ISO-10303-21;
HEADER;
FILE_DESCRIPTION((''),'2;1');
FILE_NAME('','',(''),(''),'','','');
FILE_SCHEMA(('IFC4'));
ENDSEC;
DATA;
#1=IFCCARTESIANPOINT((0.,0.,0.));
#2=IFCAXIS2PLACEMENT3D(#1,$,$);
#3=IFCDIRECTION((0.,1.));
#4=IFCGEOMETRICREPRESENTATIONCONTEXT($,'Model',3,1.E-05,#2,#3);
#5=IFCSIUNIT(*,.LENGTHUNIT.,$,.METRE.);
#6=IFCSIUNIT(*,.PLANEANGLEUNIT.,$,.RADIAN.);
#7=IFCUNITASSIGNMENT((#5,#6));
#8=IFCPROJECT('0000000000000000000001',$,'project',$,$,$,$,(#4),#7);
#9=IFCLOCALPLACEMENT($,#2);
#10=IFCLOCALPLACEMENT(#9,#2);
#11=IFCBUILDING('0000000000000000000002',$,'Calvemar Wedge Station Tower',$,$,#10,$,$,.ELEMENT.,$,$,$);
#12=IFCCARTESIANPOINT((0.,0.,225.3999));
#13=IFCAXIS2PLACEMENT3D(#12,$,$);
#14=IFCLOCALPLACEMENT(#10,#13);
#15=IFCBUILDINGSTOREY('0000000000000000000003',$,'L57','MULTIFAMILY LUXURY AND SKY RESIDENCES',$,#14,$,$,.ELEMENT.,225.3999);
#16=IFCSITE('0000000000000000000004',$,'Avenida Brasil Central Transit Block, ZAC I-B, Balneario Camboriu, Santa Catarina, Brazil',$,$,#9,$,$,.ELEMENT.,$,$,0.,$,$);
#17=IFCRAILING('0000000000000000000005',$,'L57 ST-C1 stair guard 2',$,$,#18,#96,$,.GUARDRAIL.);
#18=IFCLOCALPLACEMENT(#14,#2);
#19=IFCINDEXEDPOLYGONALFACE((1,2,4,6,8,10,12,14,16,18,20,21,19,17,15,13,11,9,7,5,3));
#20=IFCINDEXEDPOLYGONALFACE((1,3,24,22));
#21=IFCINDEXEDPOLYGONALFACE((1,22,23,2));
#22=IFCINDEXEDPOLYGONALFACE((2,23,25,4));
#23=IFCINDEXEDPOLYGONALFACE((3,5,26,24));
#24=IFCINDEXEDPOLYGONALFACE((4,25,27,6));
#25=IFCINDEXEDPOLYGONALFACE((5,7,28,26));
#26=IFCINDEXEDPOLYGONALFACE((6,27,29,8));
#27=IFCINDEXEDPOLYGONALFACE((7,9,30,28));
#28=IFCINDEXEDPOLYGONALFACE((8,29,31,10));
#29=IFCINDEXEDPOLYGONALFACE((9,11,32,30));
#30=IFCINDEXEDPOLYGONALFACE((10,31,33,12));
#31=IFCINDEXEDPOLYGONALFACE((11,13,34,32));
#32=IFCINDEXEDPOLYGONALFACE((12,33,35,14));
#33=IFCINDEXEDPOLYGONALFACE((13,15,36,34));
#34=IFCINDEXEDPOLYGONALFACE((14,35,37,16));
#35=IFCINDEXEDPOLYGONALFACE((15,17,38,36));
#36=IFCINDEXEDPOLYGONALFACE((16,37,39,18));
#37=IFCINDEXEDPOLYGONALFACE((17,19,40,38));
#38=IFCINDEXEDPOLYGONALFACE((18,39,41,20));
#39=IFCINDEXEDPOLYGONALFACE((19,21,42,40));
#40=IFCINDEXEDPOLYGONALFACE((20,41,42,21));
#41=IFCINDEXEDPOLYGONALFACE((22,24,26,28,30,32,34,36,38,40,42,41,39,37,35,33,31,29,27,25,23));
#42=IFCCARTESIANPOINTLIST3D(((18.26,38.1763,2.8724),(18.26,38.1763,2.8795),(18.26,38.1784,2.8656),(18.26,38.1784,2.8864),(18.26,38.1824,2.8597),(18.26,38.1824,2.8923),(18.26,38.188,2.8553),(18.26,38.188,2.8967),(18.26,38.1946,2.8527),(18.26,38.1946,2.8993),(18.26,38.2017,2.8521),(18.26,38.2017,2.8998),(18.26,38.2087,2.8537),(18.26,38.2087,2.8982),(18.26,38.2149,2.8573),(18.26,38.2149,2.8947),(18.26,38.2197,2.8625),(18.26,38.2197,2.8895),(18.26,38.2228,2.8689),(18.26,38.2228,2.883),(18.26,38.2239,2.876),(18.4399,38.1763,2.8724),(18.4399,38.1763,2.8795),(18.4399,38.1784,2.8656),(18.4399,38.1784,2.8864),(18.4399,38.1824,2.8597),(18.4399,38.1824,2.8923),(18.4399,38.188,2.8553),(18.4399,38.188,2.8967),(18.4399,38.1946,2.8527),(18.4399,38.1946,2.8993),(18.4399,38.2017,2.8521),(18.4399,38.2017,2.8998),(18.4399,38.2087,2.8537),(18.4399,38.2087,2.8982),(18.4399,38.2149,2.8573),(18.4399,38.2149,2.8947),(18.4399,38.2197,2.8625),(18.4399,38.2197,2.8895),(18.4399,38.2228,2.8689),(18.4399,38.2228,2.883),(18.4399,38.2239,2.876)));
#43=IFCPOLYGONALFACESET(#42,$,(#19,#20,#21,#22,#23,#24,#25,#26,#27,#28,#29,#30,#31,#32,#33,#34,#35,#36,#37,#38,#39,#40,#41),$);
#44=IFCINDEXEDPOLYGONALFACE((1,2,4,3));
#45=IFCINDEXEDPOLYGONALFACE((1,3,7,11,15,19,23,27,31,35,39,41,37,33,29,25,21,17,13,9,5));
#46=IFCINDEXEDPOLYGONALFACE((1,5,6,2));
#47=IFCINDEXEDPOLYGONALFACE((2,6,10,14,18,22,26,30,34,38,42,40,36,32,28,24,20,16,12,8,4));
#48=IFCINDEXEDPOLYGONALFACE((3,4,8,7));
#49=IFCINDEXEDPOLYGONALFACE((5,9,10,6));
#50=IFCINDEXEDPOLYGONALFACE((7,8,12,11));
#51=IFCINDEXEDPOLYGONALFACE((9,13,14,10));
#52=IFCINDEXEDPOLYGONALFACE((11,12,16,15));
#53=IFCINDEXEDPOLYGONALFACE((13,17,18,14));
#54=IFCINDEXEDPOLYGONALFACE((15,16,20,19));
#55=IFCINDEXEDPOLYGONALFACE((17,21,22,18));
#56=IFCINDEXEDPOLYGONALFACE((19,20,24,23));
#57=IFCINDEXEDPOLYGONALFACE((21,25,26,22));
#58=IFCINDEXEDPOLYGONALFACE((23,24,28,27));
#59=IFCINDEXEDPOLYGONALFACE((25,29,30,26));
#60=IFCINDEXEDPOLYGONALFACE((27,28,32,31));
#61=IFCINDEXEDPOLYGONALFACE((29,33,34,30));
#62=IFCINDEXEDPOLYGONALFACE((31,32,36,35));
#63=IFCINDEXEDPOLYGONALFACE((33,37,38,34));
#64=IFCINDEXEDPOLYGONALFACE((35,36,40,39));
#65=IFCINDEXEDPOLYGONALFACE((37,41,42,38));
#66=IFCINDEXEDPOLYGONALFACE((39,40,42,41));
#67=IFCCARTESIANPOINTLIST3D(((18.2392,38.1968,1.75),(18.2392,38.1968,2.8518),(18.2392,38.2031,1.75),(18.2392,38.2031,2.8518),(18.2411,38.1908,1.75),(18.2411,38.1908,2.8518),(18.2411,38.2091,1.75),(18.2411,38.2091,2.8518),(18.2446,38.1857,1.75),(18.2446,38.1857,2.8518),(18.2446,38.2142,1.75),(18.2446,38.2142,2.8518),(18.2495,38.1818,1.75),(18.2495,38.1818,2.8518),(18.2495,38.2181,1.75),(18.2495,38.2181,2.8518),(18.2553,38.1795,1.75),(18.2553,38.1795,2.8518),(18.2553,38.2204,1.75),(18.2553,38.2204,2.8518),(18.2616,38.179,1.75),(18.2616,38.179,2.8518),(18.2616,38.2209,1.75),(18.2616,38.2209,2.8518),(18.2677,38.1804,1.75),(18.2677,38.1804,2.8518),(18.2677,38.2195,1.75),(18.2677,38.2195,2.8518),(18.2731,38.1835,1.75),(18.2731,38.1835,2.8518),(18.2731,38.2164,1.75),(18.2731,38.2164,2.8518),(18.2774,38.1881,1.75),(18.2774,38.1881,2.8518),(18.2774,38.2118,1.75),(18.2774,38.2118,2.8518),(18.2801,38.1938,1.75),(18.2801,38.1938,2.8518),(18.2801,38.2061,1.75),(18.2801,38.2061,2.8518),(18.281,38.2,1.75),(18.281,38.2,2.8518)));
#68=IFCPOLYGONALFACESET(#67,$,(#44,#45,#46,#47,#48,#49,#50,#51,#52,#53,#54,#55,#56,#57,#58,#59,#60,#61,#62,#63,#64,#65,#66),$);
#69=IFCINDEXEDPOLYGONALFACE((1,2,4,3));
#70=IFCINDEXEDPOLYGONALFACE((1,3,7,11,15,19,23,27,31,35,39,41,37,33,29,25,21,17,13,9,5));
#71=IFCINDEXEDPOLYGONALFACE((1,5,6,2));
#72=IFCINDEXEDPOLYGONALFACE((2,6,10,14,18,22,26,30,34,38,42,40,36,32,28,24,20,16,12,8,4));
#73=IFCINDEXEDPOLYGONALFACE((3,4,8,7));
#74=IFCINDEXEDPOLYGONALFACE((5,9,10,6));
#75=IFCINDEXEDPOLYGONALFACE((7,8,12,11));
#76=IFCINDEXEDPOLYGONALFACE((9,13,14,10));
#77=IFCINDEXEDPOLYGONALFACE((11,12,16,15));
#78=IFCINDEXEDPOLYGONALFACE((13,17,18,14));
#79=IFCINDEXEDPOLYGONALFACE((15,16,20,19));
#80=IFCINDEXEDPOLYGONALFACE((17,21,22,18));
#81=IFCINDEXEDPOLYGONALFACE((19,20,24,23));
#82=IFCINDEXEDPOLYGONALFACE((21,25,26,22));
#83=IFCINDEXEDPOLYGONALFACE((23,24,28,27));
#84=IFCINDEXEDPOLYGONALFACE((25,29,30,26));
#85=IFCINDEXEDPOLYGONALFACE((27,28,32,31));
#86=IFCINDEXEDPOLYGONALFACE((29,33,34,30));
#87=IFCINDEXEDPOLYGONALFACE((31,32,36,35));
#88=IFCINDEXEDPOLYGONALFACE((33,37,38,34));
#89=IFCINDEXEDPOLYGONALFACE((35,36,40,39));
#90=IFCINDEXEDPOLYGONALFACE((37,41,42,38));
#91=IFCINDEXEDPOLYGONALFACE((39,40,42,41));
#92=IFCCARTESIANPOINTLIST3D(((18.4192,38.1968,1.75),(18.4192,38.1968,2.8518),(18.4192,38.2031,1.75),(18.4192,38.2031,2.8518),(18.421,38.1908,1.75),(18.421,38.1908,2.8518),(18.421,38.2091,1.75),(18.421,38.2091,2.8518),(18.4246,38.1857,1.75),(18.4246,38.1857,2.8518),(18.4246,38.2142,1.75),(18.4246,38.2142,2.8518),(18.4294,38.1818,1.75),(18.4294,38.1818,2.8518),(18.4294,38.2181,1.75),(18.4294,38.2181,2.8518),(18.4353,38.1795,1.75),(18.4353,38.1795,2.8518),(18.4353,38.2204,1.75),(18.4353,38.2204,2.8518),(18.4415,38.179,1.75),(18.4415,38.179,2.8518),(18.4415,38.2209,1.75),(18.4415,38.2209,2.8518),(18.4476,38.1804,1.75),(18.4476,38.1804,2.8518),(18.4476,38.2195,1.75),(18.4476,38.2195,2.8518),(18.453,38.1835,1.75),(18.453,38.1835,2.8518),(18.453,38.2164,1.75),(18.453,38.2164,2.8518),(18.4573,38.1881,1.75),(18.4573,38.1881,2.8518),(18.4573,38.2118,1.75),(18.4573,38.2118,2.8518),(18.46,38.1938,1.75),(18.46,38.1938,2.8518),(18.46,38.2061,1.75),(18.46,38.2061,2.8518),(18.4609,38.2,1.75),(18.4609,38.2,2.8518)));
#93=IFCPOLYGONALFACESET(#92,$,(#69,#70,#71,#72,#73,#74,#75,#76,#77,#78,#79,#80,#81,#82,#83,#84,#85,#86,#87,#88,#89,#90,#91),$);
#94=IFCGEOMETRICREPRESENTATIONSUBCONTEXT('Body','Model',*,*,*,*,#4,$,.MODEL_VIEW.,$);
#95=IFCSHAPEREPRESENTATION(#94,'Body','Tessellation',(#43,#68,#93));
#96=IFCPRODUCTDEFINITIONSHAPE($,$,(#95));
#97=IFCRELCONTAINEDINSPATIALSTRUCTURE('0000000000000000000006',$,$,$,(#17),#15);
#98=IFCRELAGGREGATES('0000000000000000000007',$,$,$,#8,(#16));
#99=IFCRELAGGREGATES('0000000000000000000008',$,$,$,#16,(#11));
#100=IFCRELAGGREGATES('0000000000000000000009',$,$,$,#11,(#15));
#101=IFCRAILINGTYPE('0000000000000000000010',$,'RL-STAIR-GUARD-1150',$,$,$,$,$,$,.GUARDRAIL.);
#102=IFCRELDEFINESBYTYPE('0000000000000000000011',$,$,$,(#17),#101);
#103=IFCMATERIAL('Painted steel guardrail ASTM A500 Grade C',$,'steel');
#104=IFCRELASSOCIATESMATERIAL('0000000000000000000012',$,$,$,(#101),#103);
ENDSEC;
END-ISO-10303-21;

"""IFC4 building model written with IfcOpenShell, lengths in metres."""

from ifc_helpers import new_model, si_unit, direction, frame, origin, origin_2d, place, context, subcontext, project, spatial, circle, extrude, material, type_object, element, save


model = new_model("IFC4")

# Units and contexts
model_context = context("Model", 3, precision=1e-05, world=origin(), true_north=direction((0.0, 1.0)))
body_context = subcontext(model_context, "Body", "Model", "MODEL_VIEW")
ifc_project = project(units=[si_unit("LENGTHUNIT", "METRE"), si_unit("PLANEANGLEUNIT", "RADIAN")], contexts=[model_context])

# Site, building, storey
site_placement = place(None, origin())
site = spatial("IfcSite", under=ifc_project, at=site_placement, Name="Avenida Brasil Central Transit Block, ZAC I-B, Balneario Camboriu, Santa Catarina, Brazil", CompositionType="ELEMENT", RefElevation=0.0)
building_placement = place(site_placement, origin())
building = spatial("IfcBuilding", under=site, at=building_placement, Name="Calvemar Wedge Station Tower", CompositionType="ELEMENT")
storey_placement = place(building_placement, frame((0.0, 0.0, 225.3999)))
storey = spatial("IfcBuildingStorey", under=building, at=storey_placement, Name="L57", Description="MULTIFAMILY LUXURY AND SKY RESIDENCES", CompositionType="ELEMENT", Elevation=225.3999)

# Railing
ifc_material_1 = material(Name="Painted steel guardrail ASTM A500 Grade C", Category="steel")
railing_type_1 = type_object("IfcRailingType", Name="RL-STAIR-GUARD-1150", PredefinedType="GUARDRAIL", material=ifc_material_1)
railing_1_placement = place(storey_placement, frame((18.26, 38.2, 1.75)))
element("IfcRailing", 1, at=railing_1_placement, inside=storey, type_object=railing_type_1, Name="L57 ST-C1 stair guard 2", PredefinedType="GUARDRAIL", context=body_context, shape_type="SweptSolid", body=[
    extrude(circle(Radius=0.0239, at=origin_2d()), frame((0.0, 0.0, 1.126), z_axis=(1.0, 0.0, 0.0), x_axis=(0.0, 1.0, 0.0)), (0.0, 0.0, 1.0), 0.1799),
    extrude(circle(Radius=0.021, at=origin_2d()), origin(), (0.0, 0.0, 1.0), 1.1018),
    extrude(circle(Radius=0.021, at=origin_2d()), frame((0.1799, 0.0, 0.0)), (0.0, 0.0, 1.0), 1.1018),
])

save(model, "model.ifc")
